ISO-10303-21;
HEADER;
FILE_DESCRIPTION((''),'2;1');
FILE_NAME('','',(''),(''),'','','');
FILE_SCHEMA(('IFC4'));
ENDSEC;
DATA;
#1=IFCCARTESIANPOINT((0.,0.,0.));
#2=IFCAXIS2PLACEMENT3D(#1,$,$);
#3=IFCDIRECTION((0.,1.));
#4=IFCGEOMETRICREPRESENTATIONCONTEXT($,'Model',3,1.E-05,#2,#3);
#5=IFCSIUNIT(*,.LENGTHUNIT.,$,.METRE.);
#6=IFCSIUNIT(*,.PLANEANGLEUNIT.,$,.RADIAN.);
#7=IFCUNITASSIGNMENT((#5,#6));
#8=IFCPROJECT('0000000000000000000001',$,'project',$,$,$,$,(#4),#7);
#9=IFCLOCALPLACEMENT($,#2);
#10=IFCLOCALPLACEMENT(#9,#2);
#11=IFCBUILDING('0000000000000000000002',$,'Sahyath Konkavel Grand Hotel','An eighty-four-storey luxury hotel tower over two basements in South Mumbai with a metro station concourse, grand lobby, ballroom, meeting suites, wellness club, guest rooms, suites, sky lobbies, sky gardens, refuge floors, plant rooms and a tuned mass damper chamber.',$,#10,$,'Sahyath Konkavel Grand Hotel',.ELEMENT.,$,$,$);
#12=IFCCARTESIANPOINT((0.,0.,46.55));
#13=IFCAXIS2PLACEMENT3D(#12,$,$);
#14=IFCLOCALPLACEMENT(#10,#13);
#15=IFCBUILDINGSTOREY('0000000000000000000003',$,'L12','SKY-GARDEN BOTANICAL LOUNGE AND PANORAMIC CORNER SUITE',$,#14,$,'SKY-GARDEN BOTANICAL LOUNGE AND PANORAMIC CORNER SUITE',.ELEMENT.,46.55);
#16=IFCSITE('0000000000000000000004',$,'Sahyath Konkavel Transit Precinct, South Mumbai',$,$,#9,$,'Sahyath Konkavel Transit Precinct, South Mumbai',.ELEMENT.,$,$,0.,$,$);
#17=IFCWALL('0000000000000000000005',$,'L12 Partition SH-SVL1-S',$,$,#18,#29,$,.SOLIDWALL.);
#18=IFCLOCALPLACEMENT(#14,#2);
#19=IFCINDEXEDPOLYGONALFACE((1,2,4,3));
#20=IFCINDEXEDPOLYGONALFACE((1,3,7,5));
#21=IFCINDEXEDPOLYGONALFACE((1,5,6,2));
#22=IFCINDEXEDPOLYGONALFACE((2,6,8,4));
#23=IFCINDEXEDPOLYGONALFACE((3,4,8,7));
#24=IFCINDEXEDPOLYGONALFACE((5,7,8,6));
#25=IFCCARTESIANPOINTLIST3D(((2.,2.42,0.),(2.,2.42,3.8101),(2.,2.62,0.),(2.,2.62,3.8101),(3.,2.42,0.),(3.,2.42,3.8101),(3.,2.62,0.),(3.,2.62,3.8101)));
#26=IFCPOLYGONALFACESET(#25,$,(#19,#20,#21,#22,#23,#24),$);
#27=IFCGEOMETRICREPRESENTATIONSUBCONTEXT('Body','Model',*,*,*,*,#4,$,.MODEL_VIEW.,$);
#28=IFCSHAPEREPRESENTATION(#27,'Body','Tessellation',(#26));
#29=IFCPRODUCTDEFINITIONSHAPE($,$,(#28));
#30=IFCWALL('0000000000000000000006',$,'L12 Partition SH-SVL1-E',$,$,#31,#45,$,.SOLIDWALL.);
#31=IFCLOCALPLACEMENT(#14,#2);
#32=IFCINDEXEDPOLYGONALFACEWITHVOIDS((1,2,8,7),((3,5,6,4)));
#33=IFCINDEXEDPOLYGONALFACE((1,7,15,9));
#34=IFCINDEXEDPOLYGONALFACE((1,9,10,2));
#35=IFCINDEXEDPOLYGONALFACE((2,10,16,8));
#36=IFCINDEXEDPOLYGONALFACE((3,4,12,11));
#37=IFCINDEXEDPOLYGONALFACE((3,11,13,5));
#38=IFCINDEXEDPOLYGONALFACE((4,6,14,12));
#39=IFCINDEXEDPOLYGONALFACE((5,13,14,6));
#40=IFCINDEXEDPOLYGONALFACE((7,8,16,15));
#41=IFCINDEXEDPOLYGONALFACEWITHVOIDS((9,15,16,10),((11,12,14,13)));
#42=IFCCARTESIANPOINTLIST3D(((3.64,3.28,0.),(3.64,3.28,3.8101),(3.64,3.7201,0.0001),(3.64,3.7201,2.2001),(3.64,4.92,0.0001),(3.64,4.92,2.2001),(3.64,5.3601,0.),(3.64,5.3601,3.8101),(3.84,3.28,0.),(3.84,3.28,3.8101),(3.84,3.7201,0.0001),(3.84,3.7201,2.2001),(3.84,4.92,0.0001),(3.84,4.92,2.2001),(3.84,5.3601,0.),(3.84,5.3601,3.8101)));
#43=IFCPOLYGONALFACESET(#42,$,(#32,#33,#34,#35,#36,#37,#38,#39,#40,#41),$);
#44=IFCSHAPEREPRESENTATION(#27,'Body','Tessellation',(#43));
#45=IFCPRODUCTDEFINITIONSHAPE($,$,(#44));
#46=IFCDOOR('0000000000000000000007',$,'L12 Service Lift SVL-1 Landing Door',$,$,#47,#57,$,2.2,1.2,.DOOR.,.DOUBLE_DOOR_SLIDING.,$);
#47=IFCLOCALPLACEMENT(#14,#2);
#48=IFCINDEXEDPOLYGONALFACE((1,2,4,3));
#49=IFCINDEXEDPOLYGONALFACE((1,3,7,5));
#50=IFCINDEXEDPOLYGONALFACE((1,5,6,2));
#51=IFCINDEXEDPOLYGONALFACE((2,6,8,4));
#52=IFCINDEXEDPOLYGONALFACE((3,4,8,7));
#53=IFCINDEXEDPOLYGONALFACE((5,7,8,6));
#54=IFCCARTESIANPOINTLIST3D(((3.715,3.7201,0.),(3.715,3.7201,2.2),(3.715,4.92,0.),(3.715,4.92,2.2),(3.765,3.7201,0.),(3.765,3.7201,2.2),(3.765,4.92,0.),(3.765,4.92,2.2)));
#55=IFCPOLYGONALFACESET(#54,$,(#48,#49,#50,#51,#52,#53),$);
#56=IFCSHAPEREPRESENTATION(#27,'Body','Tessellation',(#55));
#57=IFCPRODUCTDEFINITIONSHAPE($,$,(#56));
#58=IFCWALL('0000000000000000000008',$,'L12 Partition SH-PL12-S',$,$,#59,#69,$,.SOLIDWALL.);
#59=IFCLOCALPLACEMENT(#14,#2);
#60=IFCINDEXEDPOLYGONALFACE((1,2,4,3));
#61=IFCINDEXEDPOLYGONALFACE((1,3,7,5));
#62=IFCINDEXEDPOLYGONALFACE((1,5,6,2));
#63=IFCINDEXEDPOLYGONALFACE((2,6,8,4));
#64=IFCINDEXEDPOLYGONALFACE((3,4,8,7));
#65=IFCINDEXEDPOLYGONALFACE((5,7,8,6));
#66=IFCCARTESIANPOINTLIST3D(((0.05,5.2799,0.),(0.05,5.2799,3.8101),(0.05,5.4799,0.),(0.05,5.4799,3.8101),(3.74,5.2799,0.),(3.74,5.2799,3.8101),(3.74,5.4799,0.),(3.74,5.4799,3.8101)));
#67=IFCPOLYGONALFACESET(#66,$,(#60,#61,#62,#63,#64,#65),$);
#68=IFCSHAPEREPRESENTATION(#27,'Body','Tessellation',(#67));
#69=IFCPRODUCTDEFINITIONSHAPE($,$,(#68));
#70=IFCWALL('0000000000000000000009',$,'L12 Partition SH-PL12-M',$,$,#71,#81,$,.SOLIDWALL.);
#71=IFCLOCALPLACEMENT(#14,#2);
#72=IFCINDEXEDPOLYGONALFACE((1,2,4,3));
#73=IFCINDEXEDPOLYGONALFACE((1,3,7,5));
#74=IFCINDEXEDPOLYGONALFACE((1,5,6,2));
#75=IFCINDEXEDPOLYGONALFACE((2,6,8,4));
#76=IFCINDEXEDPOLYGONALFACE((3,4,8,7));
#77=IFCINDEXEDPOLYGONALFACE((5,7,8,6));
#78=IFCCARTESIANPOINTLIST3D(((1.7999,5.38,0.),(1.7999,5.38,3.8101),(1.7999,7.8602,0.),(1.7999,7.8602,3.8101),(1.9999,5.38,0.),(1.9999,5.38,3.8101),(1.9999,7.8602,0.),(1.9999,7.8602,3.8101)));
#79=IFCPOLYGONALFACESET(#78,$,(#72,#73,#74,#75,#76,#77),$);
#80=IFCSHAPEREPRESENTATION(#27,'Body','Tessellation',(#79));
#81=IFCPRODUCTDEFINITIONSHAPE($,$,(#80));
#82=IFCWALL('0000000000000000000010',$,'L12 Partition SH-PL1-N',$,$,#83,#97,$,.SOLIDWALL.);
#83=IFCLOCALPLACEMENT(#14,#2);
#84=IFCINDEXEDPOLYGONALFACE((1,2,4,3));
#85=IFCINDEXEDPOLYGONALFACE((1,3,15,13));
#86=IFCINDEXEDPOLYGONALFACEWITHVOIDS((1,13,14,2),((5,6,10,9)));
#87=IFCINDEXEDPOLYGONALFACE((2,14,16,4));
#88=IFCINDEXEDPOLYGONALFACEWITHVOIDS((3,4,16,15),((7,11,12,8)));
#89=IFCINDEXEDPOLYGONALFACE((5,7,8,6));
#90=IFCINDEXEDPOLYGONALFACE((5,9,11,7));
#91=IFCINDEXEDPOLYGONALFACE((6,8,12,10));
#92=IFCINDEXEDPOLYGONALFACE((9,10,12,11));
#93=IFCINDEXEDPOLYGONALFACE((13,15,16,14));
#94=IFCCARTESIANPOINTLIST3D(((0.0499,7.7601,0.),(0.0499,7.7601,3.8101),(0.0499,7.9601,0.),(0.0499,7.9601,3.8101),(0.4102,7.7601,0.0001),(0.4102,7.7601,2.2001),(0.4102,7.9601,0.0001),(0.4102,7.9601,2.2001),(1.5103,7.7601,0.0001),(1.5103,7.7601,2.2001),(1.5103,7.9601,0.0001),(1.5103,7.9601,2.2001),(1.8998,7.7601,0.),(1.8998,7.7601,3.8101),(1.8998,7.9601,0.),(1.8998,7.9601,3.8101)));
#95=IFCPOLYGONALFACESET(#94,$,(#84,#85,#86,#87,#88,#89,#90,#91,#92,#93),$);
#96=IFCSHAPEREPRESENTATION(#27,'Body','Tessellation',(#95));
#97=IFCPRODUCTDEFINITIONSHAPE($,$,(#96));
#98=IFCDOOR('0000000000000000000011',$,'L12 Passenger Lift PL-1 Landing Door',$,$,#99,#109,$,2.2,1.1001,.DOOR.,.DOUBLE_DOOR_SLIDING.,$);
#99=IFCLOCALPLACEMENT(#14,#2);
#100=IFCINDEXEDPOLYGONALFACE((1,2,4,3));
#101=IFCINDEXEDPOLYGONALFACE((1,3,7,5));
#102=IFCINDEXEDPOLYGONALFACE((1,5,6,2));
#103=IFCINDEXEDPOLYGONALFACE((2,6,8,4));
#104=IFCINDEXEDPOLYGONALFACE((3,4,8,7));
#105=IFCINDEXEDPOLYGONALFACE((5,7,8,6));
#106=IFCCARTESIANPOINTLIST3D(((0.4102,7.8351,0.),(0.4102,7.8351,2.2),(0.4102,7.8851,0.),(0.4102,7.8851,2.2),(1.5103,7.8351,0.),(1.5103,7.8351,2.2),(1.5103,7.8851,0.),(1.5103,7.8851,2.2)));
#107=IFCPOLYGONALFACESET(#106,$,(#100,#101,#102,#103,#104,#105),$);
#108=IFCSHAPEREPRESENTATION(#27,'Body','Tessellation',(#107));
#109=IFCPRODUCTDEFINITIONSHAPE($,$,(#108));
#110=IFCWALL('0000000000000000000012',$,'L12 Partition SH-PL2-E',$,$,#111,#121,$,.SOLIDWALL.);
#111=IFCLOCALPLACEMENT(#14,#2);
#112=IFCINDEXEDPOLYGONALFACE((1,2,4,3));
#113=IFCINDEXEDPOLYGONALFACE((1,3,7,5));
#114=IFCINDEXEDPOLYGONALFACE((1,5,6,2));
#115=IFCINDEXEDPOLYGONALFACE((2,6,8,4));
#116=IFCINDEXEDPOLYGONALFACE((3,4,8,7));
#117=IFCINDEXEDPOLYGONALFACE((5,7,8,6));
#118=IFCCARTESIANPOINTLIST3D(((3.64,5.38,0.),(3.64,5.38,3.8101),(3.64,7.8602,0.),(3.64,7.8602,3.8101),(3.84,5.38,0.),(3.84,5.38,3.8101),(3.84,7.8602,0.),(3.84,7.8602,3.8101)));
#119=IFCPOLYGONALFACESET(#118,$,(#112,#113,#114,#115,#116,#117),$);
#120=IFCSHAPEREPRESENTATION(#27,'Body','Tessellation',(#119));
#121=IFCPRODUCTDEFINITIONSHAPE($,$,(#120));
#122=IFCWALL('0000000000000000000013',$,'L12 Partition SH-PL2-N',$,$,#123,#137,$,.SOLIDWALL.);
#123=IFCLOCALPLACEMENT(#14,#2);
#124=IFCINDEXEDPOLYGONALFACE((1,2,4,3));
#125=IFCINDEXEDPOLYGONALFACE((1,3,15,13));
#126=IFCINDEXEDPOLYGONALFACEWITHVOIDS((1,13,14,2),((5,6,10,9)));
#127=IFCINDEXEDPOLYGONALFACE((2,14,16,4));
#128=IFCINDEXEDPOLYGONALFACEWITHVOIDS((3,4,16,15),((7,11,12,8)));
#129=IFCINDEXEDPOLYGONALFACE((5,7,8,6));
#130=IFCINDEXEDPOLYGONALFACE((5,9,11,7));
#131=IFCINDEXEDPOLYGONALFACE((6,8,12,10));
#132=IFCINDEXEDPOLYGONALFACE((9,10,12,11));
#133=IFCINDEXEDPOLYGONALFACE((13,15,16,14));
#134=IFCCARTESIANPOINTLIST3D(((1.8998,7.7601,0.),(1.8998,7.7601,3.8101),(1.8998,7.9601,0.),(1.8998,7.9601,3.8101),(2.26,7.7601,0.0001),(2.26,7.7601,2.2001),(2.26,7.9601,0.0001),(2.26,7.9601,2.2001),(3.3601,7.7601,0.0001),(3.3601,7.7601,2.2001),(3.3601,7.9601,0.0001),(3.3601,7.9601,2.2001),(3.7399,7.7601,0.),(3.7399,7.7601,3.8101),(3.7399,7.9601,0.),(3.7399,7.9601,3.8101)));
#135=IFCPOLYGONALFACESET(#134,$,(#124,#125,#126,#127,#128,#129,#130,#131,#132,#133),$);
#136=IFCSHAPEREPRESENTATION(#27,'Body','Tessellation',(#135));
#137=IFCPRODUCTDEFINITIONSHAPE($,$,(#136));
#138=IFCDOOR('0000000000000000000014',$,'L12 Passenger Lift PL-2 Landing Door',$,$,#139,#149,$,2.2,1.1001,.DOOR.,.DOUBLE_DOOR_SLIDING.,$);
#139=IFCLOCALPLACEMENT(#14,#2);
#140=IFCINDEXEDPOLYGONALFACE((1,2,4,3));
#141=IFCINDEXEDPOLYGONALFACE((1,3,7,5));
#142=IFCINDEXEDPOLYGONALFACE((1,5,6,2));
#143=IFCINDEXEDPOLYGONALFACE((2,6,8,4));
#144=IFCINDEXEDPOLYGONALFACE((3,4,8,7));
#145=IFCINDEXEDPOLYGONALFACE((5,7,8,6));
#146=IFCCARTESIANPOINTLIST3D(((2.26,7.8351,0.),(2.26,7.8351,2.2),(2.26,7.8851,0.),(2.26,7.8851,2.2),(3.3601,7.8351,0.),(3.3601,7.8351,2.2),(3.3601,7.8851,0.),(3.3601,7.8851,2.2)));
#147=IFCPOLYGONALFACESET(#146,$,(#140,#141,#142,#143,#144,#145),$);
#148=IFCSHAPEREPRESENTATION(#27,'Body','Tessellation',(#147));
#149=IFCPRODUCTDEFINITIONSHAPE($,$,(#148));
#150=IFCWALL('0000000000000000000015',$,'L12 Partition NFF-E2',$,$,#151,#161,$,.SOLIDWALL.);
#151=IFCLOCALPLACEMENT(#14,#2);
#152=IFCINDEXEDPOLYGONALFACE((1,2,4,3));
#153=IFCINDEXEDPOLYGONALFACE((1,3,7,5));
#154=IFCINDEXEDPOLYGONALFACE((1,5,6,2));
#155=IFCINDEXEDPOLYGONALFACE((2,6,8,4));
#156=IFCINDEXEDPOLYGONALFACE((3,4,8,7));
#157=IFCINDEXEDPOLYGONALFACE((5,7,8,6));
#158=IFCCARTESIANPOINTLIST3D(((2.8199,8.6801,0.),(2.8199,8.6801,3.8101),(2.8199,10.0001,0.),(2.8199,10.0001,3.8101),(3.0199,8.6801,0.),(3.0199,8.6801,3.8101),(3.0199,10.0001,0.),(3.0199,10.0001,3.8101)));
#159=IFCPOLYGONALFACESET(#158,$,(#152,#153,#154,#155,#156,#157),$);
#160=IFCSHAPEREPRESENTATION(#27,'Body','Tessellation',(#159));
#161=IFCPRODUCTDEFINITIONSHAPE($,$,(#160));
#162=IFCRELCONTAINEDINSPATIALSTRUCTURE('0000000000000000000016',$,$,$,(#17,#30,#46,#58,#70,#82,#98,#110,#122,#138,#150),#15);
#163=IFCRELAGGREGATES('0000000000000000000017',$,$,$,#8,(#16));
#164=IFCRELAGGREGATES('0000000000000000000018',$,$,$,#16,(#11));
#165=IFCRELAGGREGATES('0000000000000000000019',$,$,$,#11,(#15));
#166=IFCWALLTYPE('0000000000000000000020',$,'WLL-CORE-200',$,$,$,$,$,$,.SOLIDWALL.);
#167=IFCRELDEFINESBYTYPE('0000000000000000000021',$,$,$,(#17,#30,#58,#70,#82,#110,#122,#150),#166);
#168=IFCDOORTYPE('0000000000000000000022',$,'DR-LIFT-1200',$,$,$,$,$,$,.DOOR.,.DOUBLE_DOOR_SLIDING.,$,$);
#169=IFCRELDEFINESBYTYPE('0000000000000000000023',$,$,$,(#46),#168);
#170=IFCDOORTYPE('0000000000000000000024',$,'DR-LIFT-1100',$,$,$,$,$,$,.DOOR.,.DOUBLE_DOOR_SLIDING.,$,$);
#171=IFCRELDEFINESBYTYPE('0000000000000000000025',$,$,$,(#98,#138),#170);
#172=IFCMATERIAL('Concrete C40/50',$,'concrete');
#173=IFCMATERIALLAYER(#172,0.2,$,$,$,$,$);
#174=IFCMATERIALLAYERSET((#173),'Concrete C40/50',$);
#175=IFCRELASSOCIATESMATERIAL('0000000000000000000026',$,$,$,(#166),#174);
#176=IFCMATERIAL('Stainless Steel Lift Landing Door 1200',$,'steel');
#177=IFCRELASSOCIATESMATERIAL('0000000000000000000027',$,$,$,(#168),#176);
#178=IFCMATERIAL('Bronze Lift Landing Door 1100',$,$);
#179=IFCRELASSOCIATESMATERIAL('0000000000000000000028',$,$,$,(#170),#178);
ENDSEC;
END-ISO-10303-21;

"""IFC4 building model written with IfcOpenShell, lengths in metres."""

from ifc_helpers import new_model, si_unit, direction, frame, frame_2d, origin, origin_2d, place, context, subcontext, project, spatial, rectangle, extrude, source, transform, mapped, material, layer, layer_set, type_object, element, fill, save


model = new_model("IFC4")

# Units and contexts
model_context = context("Model", 3, precision=1e-05, world=origin(), true_north=direction((0.0, 1.0)))
body_context = subcontext(model_context, "Body", "Model", "MODEL_VIEW")
ifc_project = project(units=[si_unit("LENGTHUNIT", "METRE"), si_unit("PLANEANGLEUNIT", "RADIAN")], contexts=[model_context])

# Site, building, storey
site_placement = place(None, origin())
site = spatial("IfcSite", under=ifc_project, at=site_placement, Name="Sahyath Konkavel Transit Precinct, South Mumbai", LongName="Sahyath Konkavel Transit Precinct, South Mumbai", CompositionType="ELEMENT", RefElevation=0.0)
building_placement = place(site_placement, origin())
building = spatial("IfcBuilding", under=site, at=building_placement, Name="Sahyath Konkavel Grand Hotel", Description="An eighty-four-storey luxury hotel tower over two basements in South Mumbai with a metro station concourse, grand lobby, ballroom, meeting suites, wellness club, guest rooms, suites, sky lobbies, sky gardens, refuge floors, plant rooms and a tuned mass damper chamber.", LongName="Sahyath Konkavel Grand Hotel", CompositionType="ELEMENT")
storey_placement = place(building_placement, frame((0.0, 0.0, 46.55)))
storey = spatial("IfcBuildingStorey", under=building, at=storey_placement, Name="L12", Description="SKY-GARDEN BOTANICAL LOUNGE AND PANORAMIC CORNER SUITE", LongName="SKY-GARDEN BOTANICAL LOUNGE AND PANORAMIC CORNER SUITE", CompositionType="ELEMENT", Elevation=46.55)

# Wall
ifc_material_1 = material(Name="Concrete C40/50", Category="concrete")
ifc_layer_1 = layer(ifc_material_1, 0.2)
ifc_layer_set_1 = layer_set([ifc_layer_1], Name="Concrete C40/50")
wall_type_1 = type_object("IfcWallType", Name="WLL-CORE-200", PredefinedType="SOLIDWALL", material=ifc_layer_set_1)
wall_1_placement = place(storey_placement, frame((2.0, 2.52, 0.0), z_axis=(0.0, 0.0, 1.0), x_axis=(1.0, 0.0, 0.0)))
element("IfcWall", 1, at=wall_1_placement, inside=storey, type_object=wall_type_1, Name="L12 Partition SH-SVL1-S", PredefinedType="SOLIDWALL", context=body_context, shape_type="SweptSolid", body=[
    extrude(rectangle(XDim=1.0, YDim=0.2, at=frame_2d((0.5, 0.0))), origin(), (0.0, 0.0, 1.0), 3.8101),
])

# Wall, opening, door
wall_2_placement = place(storey_placement, frame((3.74, 3.28, 0.0), z_axis=(0.0, 0.0, 1.0), x_axis=(0.0, 1.0, 0.0)))
wall_2 = element("IfcWall", 2, at=wall_2_placement, inside=storey, type_object=wall_type_1, Name="L12 Partition SH-SVL1-E", PredefinedType="SOLIDWALL", context=body_context, shape_type="SweptSolid", body=[
    extrude(rectangle(XDim=2.0801, YDim=0.2, at=frame_2d((1.04, 0.0))), origin(), (0.0, 0.0, 1.0), 3.8101),
])
opening_1_placement = place(wall_2_placement, frame((0.4399, 0.0, 0.0)))
opening_1 = element("IfcOpeningElement", 3, at=opening_1_placement, cuts=wall_2, PredefinedType="OPENING", context=body_context, shape_type="SweptSolid", body=[
    extrude(rectangle(XDim=1.2, YDim=2.2, at=frame_2d((0.6001, 1.1001))), frame((0.0, 0.1099, 0.0), z_axis=(0.0, -1.0, 0.0), x_axis=(1.0, 0.0, 0.0)), (0.0, 0.0, 1.0), 0.22),
])
ifc_material_2 = material(Name="Stainless Steel Lift Landing Door 1200", Category="steel")
door_type_1 = type_object("IfcDoorType", Name="DR-LIFT-1200", OperationType="DOUBLE_DOOR_SLIDING", PredefinedType="DOOR", material=ifc_material_2)
shared_shape_1 = source(origin(), body_context, "Body", "SweptSolid", [
    extrude(rectangle(XDim=1.2, YDim=0.05, at=origin_2d()), origin(), (0.0, 0.0, 1.0), 2.2),
])
door_1_placement = place(opening_1_placement, frame((0.6001, 0.0, 0.0)))
door_1 = element("IfcDoor", 4, at=door_1_placement, inside=storey, type_object=door_type_1, Name="L12 Service Lift SVL-1 Landing Door", OperationType="DOUBLE_DOOR_SLIDING", OverallHeight=2.2, OverallWidth=1.2, PredefinedType="DOOR", context=body_context, shape_type="MappedRepresentation", body=[
    mapped(shared_shape_1, transform((0.0, 0.0, 0.0), scale=1.0)),
])
fill(opening_1, door_1)

# Walls
wall_3_placement = place(storey_placement, frame((0.05, 5.3799, 0.0), z_axis=(0.0, 0.0, 1.0), x_axis=(1.0, 0.0, 0.0)))
element("IfcWall", 5, at=wall_3_placement, inside=storey, type_object=wall_type_1, Name="L12 Partition SH-PL12-S", PredefinedType="SOLIDWALL", context=body_context, shape_type="SweptSolid", body=[
    extrude(rectangle(XDim=3.6899, YDim=0.2, at=frame_2d((1.845, 0.0))), origin(), (0.0, 0.0, 1.0), 3.8101),
])
wall_4_placement = place(storey_placement, frame((1.8999, 5.3799, 0.0), z_axis=(0.0, 0.0, 1.0), x_axis=(0.0, 1.0, 0.0)))
element("IfcWall", 6, at=wall_4_placement, inside=storey, type_object=wall_type_1, Name="L12 Partition SH-PL12-M", PredefinedType="SOLIDWALL", context=body_context, shape_type="SweptSolid", body=[
    extrude(rectangle(XDim=2.4802, YDim=0.2, at=frame_2d((1.2402, 0.0))), origin(), (0.0, 0.0, 1.0), 3.8101),
])

# Wall, opening, door
wall_5_placement = place(storey_placement, frame((0.05, 7.8601, 0.0), z_axis=(0.0, 0.0, 1.0), x_axis=(1.0, 0.0, 0.0)))
wall_5 = element("IfcWall", 7, at=wall_5_placement, inside=storey, type_object=wall_type_1, Name="L12 Partition SH-PL1-N", PredefinedType="SOLIDWALL", context=body_context, shape_type="SweptSolid", body=[
    extrude(rectangle(XDim=1.8499, YDim=0.2, at=frame_2d((0.9248, 0.0))), origin(), (0.0, 0.0, 1.0), 3.8101),
])
opening_2_placement = place(wall_5_placement, frame((0.3601, 0.0, 0.0)))
opening_2 = element("IfcOpeningElement", 8, at=opening_2_placement, cuts=wall_5, PredefinedType="OPENING", context=body_context, shape_type="SweptSolid", body=[
    extrude(rectangle(XDim=1.1001, YDim=2.2, at=frame_2d((0.55, 1.1001))), frame((0.0, 0.1099, 0.0), z_axis=(0.0, -1.0, 0.0), x_axis=(1.0, 0.0, 0.0)), (0.0, 0.0, 1.0), 0.22),
])
ifc_material_3 = material(Name="Bronze Lift Landing Door 1100")
door_type_2 = type_object("IfcDoorType", Name="DR-LIFT-1100", OperationType="DOUBLE_DOOR_SLIDING", PredefinedType="DOOR", material=ifc_material_3)
shared_shape_2 = source(origin(), body_context, "Body", "SweptSolid", [
    extrude(rectangle(XDim=1.1001, YDim=0.05, at=origin_2d()), origin(), (0.0, 0.0, 1.0), 2.2),
])
door_2_placement = place(opening_2_placement, frame((0.55, 0.0, 0.0)))
door_2 = element("IfcDoor", 9, at=door_2_placement, inside=storey, type_object=door_type_2, Name="L12 Passenger Lift PL-1 Landing Door", OperationType="DOUBLE_DOOR_SLIDING", OverallHeight=2.2, OverallWidth=1.1001, PredefinedType="DOOR", context=body_context, shape_type="MappedRepresentation", body=[
    mapped(shared_shape_2, transform((0.0, 0.0, 0.0), scale=1.0)),
])
fill(opening_2, door_2)

# Wall
wall_6_placement = place(storey_placement, frame((3.74, 5.3799, 0.0), z_axis=(0.0, 0.0, 1.0), x_axis=(0.0, 1.0, 0.0)))
element("IfcWall", 10, at=wall_6_placement, inside=storey, type_object=wall_type_1, Name="L12 Partition SH-PL2-E", PredefinedType="SOLIDWALL", context=body_context, shape_type="SweptSolid", body=[
    extrude(rectangle(XDim=2.4802, YDim=0.2, at=frame_2d((1.2402, 0.0))), origin(), (0.0, 0.0, 1.0), 3.8101),
])

# Wall, opening, door
wall_7_placement = place(storey_placement, frame((1.8999, 7.8601, 0.0), z_axis=(0.0, 0.0, 1.0), x_axis=(1.0, 0.0, 0.0)))
wall_7 = element("IfcWall", 11, at=wall_7_placement, inside=storey, type_object=wall_type_1, Name="L12 Partition SH-PL2-N", PredefinedType="SOLIDWALL", context=body_context, shape_type="SweptSolid", body=[
    extrude(rectangle(XDim=1.8401, YDim=0.2, at=frame_2d((0.9199, 0.0))), origin(), (0.0, 0.0, 1.0), 3.8101),
])
opening_3_placement = place(wall_7_placement, frame((0.3601, 0.0, 0.0)))
opening_3 = element("IfcOpeningElement", 12, at=opening_3_placement, cuts=wall_7, PredefinedType="OPENING", context=body_context, shape_type="SweptSolid", body=[
    extrude(rectangle(XDim=1.1001, YDim=2.2, at=frame_2d((0.55, 1.1001))), frame((0.0, 0.1099, 0.0), z_axis=(0.0, -1.0, 0.0), x_axis=(1.0, 0.0, 0.0)), (0.0, 0.0, 1.0), 0.22),
])
door_3_placement = place(opening_3_placement, frame((0.55, 0.0, 0.0)))
door_3 = element("IfcDoor", 13, at=door_3_placement, inside=storey, type_object=door_type_2, Name="L12 Passenger Lift PL-2 Landing Door", OperationType="DOUBLE_DOOR_SLIDING", OverallHeight=2.2, OverallWidth=1.1001, PredefinedType="DOOR", context=body_context, shape_type="MappedRepresentation", body=[
    mapped(shared_shape_2, transform((0.0, 0.0, 0.0), scale=1.0)),
])
fill(opening_3, door_3)

# Wall
wall_8_placement = place(storey_placement, frame((2.9199, 8.6799, 0.0), z_axis=(0.0, 0.0, 1.0), x_axis=(0.0, 1.0, 0.0)))
element("IfcWall", 14, at=wall_8_placement, inside=storey, type_object=wall_type_1, Name="L12 Partition NFF-E2", PredefinedType="SOLIDWALL", context=body_context, shape_type="SweptSolid", body=[
    extrude(rectangle(XDim=1.3201, YDim=0.2, at=frame_2d((0.6602, 0.0))), origin(), (0.0, 0.0, 1.0), 3.8101),
])

save(model, "model.ifc")
